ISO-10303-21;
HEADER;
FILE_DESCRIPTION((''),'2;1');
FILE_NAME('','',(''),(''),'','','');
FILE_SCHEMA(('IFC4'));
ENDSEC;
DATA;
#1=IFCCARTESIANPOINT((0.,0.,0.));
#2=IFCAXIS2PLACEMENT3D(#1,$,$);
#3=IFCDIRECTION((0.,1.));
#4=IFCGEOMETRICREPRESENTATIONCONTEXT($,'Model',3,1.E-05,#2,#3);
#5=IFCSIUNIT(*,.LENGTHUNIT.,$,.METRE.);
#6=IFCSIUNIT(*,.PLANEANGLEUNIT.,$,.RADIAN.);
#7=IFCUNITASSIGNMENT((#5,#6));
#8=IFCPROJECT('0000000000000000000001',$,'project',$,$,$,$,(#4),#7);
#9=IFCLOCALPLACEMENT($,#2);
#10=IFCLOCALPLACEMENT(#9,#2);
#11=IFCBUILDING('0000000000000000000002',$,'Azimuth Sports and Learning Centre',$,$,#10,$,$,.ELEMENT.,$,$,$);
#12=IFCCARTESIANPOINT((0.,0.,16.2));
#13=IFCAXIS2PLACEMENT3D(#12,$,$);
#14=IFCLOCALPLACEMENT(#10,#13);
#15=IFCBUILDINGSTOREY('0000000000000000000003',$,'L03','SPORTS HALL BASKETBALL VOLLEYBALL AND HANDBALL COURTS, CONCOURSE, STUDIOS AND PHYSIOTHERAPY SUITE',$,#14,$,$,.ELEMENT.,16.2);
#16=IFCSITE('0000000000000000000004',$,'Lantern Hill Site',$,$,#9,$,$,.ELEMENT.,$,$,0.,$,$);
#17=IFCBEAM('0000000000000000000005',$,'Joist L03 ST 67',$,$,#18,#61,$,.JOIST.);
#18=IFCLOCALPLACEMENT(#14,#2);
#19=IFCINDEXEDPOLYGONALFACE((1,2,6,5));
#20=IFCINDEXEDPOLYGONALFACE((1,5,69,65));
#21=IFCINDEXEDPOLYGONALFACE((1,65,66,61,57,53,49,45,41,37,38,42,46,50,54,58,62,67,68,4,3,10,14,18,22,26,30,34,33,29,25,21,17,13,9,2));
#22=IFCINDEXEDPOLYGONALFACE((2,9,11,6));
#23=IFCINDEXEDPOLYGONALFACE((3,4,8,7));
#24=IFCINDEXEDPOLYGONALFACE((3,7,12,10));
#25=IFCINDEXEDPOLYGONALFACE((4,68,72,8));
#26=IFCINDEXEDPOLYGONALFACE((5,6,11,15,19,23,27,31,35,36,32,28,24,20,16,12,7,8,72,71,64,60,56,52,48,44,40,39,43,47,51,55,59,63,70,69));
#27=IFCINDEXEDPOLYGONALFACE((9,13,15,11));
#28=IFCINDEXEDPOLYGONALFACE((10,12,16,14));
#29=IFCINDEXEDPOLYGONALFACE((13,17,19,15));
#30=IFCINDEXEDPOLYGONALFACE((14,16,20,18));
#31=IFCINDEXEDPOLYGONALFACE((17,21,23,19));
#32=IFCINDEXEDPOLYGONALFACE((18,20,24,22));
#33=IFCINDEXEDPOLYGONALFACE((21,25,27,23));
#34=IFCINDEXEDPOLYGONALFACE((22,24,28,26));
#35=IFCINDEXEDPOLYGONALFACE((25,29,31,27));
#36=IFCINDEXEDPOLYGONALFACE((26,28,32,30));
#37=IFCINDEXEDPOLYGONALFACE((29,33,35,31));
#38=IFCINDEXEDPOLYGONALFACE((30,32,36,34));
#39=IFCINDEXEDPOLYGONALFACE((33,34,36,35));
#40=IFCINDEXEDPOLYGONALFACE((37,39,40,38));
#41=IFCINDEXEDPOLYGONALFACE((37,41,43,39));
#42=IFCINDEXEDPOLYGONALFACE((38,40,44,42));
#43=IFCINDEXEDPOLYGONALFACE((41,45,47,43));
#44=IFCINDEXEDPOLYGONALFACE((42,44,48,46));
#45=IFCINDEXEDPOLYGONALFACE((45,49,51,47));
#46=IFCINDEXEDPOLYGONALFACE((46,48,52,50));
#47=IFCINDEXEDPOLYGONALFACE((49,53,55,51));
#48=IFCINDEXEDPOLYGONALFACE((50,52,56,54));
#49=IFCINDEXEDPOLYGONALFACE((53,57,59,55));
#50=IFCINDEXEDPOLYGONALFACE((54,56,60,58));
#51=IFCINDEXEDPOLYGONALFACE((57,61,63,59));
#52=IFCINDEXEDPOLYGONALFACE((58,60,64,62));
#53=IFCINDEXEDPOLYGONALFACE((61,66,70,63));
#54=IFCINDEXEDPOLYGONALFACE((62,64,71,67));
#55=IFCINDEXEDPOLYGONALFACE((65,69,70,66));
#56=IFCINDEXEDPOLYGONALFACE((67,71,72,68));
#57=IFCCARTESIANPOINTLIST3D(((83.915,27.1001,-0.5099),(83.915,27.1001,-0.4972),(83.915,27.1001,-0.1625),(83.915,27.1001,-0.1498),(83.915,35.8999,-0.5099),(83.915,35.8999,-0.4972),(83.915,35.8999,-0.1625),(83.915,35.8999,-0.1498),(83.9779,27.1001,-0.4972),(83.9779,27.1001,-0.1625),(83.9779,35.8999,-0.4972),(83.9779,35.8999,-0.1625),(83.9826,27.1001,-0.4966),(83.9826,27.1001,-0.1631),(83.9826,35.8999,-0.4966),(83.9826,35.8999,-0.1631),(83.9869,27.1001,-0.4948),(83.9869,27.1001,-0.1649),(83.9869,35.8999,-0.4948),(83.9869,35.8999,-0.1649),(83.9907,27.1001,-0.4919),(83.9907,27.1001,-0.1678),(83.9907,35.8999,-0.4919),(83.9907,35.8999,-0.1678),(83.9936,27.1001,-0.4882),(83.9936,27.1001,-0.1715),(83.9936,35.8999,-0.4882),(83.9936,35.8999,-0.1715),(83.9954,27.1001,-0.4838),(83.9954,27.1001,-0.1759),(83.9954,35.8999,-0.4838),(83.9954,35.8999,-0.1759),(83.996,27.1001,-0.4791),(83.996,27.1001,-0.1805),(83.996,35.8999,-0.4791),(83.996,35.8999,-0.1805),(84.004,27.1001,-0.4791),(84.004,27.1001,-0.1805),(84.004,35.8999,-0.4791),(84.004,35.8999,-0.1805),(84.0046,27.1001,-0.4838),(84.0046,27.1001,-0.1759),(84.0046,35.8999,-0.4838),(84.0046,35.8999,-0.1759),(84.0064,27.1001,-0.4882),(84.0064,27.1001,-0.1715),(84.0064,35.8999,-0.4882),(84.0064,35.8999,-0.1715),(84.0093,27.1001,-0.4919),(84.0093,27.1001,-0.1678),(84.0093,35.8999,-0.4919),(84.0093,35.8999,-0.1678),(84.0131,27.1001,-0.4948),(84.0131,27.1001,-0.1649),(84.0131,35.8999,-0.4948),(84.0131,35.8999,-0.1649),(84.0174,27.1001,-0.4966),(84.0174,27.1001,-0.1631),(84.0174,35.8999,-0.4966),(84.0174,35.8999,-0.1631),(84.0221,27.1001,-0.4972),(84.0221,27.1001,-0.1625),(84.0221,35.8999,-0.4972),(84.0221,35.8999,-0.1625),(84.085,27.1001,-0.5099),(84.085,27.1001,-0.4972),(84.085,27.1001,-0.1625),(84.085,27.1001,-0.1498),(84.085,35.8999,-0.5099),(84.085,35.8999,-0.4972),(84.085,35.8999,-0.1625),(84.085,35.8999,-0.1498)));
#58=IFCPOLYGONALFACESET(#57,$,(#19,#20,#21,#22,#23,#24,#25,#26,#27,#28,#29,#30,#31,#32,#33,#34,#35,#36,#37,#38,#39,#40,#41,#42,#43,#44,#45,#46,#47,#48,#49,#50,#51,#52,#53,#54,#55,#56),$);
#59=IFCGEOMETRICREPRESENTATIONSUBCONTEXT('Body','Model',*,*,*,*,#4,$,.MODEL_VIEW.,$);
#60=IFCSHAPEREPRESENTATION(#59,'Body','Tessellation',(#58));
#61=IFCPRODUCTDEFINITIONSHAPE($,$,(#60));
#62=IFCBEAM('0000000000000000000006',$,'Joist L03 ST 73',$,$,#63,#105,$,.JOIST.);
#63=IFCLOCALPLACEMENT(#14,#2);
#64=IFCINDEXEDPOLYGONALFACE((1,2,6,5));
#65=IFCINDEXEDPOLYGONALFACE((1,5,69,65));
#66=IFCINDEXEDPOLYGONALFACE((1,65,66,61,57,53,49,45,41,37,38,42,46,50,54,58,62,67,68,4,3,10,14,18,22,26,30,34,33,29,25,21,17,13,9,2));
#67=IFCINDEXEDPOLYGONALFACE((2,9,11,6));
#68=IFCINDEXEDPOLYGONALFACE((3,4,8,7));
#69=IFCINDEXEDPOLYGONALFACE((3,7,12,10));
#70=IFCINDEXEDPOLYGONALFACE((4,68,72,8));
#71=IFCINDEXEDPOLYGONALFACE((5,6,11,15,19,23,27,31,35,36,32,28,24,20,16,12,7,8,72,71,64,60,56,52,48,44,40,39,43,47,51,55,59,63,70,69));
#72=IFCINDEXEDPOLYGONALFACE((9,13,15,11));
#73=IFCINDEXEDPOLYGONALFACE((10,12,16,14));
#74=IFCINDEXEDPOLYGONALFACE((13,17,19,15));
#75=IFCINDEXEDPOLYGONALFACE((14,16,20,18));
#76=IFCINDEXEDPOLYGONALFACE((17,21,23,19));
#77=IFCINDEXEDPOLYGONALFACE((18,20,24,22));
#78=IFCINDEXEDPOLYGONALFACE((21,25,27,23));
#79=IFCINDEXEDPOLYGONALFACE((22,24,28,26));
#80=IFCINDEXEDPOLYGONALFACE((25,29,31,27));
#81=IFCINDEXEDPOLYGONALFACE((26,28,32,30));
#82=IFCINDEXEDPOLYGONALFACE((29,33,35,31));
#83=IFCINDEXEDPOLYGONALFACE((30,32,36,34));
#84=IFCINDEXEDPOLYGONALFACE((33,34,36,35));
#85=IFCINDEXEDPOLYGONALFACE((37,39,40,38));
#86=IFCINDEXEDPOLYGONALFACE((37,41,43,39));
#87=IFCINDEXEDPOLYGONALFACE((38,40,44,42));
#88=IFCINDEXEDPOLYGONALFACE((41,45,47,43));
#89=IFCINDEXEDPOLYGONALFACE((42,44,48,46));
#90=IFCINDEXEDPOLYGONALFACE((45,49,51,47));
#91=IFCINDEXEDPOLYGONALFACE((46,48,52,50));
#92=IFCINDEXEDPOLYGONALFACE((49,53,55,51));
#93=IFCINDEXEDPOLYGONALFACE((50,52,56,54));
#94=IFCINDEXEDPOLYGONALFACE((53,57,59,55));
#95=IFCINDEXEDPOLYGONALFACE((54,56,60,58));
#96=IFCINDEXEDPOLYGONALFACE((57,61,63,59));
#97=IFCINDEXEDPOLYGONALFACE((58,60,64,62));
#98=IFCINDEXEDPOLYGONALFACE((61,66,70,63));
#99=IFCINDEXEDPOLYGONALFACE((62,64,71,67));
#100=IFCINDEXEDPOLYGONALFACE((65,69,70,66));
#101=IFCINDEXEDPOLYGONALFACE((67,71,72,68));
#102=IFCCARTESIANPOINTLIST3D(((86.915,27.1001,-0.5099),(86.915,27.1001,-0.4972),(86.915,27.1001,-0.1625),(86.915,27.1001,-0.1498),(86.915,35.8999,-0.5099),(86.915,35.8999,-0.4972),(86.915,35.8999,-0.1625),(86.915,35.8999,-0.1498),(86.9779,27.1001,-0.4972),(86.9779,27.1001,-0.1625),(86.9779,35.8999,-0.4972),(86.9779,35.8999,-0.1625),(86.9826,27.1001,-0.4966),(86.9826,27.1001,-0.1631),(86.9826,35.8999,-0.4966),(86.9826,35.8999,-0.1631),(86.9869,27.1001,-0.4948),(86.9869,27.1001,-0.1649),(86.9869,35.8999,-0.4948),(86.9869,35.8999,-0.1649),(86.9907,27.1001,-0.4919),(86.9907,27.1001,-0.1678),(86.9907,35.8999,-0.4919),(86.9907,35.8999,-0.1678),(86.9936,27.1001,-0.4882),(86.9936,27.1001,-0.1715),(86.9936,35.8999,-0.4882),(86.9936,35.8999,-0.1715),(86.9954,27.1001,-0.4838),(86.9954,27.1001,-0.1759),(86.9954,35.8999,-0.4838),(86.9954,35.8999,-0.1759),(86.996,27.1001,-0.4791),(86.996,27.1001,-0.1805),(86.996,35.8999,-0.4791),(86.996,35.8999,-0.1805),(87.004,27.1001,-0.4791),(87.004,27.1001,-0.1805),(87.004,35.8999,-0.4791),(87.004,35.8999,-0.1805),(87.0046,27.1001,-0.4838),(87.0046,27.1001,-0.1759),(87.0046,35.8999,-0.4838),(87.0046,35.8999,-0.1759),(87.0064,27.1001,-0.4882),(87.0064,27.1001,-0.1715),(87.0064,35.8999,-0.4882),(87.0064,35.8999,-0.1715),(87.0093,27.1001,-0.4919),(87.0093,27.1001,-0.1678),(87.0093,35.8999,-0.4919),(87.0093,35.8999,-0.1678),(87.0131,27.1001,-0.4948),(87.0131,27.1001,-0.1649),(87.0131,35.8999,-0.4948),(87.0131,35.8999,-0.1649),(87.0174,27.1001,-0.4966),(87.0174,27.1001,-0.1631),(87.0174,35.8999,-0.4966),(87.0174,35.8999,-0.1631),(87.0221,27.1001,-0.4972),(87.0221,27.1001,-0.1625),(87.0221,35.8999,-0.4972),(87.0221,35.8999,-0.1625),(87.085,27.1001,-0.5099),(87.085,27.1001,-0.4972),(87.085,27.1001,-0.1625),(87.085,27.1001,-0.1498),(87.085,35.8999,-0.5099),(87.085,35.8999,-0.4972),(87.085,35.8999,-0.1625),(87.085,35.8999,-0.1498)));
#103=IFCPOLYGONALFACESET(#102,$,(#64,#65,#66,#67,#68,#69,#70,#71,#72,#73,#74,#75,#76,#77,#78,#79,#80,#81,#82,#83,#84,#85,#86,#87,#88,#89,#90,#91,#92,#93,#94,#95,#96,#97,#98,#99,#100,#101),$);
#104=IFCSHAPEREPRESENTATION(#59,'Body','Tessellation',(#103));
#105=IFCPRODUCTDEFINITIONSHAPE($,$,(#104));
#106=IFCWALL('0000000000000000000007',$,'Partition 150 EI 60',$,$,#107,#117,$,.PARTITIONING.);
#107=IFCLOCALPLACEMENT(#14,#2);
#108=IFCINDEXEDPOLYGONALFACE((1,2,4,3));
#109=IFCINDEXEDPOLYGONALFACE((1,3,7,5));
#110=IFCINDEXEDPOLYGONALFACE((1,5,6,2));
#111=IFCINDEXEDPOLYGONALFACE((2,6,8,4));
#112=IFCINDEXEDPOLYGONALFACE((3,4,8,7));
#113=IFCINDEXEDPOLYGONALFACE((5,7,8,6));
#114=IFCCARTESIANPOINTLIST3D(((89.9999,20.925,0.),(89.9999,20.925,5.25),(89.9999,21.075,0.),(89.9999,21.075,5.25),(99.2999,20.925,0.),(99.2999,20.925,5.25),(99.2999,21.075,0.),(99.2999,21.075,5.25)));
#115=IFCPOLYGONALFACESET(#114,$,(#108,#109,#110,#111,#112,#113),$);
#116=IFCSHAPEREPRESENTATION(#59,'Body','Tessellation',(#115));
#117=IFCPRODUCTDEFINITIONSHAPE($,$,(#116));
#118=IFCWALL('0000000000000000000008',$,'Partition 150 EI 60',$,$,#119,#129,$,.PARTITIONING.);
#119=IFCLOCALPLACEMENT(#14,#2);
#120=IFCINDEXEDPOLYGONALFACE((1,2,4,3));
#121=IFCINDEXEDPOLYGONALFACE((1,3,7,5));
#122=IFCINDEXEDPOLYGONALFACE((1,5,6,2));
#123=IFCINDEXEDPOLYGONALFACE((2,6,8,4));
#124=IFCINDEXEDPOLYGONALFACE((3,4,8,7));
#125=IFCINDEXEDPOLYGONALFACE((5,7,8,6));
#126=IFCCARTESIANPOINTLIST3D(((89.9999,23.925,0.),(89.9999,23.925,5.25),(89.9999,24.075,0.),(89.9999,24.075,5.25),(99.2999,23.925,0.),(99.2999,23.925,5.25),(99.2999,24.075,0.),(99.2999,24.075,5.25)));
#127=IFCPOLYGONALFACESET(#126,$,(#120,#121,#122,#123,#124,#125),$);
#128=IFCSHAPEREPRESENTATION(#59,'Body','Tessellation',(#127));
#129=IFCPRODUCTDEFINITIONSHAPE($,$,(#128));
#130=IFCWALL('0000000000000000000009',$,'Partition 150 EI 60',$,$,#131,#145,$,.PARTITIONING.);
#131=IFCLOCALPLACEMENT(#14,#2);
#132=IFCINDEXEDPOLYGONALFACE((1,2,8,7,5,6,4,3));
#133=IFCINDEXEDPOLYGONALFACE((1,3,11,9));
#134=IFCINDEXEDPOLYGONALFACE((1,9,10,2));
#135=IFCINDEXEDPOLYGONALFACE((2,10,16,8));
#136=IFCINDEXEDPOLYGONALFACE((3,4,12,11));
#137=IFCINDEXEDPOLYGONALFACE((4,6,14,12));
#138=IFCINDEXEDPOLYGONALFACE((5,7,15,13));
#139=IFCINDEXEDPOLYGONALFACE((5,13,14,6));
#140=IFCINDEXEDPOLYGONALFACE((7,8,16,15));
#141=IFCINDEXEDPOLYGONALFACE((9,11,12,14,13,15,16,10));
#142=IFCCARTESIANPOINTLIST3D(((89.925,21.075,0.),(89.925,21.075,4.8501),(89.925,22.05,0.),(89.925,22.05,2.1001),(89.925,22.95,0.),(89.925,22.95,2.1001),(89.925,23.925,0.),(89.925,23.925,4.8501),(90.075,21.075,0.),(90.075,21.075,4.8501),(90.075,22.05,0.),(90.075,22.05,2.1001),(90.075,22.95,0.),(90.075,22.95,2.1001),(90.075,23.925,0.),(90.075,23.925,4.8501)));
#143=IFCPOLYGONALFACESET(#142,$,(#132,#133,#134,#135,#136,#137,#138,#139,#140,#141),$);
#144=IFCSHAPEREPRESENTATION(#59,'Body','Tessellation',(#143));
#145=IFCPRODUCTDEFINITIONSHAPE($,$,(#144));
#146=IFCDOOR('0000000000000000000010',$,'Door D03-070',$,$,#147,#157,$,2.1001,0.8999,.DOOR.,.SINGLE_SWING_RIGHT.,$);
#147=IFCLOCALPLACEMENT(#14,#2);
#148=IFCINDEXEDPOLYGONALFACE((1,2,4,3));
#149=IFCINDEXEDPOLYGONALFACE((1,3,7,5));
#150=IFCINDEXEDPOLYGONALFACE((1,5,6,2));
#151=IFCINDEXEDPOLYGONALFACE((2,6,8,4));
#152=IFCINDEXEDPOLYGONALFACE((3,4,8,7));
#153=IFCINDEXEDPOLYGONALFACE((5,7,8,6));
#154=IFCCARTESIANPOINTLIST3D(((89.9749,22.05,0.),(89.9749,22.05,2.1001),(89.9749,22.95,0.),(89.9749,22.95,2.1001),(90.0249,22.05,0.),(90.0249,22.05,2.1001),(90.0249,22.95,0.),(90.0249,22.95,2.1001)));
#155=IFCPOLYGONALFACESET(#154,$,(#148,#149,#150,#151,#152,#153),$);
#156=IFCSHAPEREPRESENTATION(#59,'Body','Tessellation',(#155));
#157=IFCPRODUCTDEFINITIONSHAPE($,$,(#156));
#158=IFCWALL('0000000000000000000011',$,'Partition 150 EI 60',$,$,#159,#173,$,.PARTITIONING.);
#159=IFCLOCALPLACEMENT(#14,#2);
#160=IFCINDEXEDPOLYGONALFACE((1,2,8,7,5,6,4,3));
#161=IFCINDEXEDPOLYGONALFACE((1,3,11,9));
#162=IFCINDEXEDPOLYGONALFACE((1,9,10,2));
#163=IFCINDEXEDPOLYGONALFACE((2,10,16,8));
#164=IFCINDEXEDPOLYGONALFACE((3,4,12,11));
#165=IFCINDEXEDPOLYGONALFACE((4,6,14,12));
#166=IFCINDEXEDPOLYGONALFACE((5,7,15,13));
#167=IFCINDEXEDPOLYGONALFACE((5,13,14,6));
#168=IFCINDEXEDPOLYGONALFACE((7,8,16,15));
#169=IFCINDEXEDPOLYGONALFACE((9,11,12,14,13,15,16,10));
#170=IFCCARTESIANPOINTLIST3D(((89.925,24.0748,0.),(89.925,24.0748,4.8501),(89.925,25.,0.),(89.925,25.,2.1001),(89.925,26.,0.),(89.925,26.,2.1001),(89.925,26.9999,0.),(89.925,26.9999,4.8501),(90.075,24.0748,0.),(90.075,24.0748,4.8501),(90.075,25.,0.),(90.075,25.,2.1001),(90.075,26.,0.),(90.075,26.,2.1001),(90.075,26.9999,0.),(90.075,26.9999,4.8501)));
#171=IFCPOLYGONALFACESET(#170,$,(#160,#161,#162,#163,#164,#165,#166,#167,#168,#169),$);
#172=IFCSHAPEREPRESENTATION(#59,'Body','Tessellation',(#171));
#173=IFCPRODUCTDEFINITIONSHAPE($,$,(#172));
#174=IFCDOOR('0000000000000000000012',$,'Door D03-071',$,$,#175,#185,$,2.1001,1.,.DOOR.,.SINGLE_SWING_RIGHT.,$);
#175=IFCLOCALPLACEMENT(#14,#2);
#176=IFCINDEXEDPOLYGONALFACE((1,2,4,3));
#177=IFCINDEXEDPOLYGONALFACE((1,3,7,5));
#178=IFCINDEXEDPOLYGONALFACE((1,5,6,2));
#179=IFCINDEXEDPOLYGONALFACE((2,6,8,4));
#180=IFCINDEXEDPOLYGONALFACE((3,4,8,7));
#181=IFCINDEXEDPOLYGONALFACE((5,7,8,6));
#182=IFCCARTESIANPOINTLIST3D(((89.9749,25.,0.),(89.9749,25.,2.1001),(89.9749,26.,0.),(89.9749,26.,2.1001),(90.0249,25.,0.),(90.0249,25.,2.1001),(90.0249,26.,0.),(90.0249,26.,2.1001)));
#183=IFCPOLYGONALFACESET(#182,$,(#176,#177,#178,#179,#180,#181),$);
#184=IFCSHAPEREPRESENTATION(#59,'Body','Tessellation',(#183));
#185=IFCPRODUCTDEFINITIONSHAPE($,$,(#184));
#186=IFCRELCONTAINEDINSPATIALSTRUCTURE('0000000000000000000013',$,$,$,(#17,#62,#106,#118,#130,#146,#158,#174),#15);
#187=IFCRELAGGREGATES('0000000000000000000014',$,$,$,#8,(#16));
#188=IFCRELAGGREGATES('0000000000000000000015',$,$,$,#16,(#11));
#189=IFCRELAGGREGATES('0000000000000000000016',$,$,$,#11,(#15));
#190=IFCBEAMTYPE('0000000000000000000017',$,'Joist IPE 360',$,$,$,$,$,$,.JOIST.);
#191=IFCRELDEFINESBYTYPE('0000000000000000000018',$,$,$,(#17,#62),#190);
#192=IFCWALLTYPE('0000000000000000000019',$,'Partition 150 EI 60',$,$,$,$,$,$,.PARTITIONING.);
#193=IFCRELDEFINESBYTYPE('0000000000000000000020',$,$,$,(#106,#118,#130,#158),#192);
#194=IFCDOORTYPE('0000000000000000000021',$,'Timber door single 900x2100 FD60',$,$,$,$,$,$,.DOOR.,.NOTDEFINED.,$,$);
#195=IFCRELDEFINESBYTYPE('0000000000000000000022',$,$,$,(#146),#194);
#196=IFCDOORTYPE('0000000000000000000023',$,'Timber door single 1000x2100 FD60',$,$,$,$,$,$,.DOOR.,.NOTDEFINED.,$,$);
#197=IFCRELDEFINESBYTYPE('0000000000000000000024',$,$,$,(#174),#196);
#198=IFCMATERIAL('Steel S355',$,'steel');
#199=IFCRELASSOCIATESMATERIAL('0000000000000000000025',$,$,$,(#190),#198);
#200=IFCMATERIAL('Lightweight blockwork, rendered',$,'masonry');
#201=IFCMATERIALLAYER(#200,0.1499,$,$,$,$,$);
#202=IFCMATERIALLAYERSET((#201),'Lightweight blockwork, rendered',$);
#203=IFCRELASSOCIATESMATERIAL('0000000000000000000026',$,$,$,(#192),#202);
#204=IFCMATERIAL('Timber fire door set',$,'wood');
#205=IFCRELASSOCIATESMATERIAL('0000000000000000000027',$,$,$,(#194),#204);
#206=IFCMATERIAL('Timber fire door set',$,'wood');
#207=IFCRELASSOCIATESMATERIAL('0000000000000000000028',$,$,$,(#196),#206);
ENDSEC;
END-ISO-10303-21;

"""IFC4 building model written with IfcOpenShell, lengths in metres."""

from ifc_helpers import new_model, si_unit, direction, frame, frame_2d, origin, origin_2d, place, context, subcontext, project, spatial, rectangle, i_section, extrude, material, layer, layer_set, material_profile, profile_set, type_object, element, fill, save


model = new_model("IFC4")

# Units and contexts
model_context = context("Model", 3, precision=1e-05, world=origin(), true_north=direction((0.0, 1.0)))
body_context = subcontext(model_context, "Body", "Model", "MODEL_VIEW")
ifc_project = project(units=[si_unit("LENGTHUNIT", "METRE"), si_unit("PLANEANGLEUNIT", "RADIAN")], contexts=[model_context])

# Site, building, storey
site_placement = place(None, origin())
site = spatial("IfcSite", under=ifc_project, at=site_placement, Name="Lantern Hill Site", CompositionType="ELEMENT", RefElevation=0.0)
building_placement = place(site_placement, origin())
building = spatial("IfcBuilding", under=site, at=building_placement, Name="Azimuth Sports and Learning Centre", CompositionType="ELEMENT")
storey_placement = place(building_placement, frame((0.0, 0.0, 16.2)))
storey = spatial("IfcBuildingStorey", under=building, at=storey_placement, Name="L03", Description="SPORTS HALL BASKETBALL VOLLEYBALL AND HANDBALL COURTS, CONCOURSE, STUDIOS AND PHYSIOTHERAPY SUITE", CompositionType="ELEMENT", Elevation=16.2)

# Beams
ifc_material_1 = material(Name="Steel S355", Category="steel")
ifc_material_profile_1 = material_profile(ifc_material_1, i_section(OverallWidth=0.1699, OverallDepth=0.3601, WebThickness=0.0081, FlangeThickness=0.0127, FilletRadius=0.0181, at=origin_2d()), Name="IPE 360")
ifc_profile_set_1 = profile_set([ifc_material_profile_1], Name="Steel S355")
beam_type_1 = type_object("IfcBeamType", Name="Joist IPE 360", PredefinedType="JOIST", material=ifc_profile_set_1)
for number, where, z_axis, x_axis, name in (
    (1, (84.0, 27.1001, -0.3298), (0.0, 1.0, 0.0), (-1.0, 0.0, 0.0), "Joist L03 ST 67"),
    (2, (87.0, 27.1001, -0.3298), (0.0, 1.0, 0.0), (-1.0, 0.0, 0.0), "Joist L03 ST 73"),
):
    element("IfcBeam", number, at=place(storey_placement, frame(where, z_axis=z_axis, x_axis=x_axis)), inside=storey, type_object=beam_type_1, Name=name, PredefinedType="JOIST", context=body_context, shape_type="SweptSolid", body=[
        extrude(i_section(OverallWidth=0.1699, OverallDepth=0.3601, WebThickness=0.0081, FlangeThickness=0.0127, FilletRadius=0.0181, at=origin_2d()), origin(), (0.0, 0.0, 1.0), 8.7998),
    ])

# Walls
ifc_material_2 = material(Name="Lightweight blockwork, rendered", Category="masonry")
ifc_layer_1 = layer(ifc_material_2, 0.1499)
ifc_layer_set_1 = layer_set([ifc_layer_1], Name="Lightweight blockwork, rendered")
wall_type_1 = type_object("IfcWallType", Name="Partition 150 EI 60", PredefinedType="PARTITIONING", material=ifc_layer_set_1)
for number, where, z_axis, x_axis, name in (
    (3, (90.0, 21.0, 0.0), (0.0, 0.0, 1.0), (1.0, 0.0, 0.0), "Partition 150 EI 60"),
    (4, (90.0, 24.0, 0.0), (0.0, 0.0, 1.0), (1.0, 0.0, 0.0), "Partition 150 EI 60"),
):
    element("IfcWall", number, at=place(storey_placement, frame(where, z_axis=z_axis, x_axis=x_axis)), inside=storey, type_object=wall_type_1, Name=name, PredefinedType="PARTITIONING", context=body_context, shape_type="SweptSolid", body=[
        extrude(rectangle(XDim=9.3, YDim=0.1499, at=frame_2d((4.6499, 0.0))), origin(), (0.0, 0.0, 1.0), 5.25),
    ])

# Walls, openings, doors
wall_1_placement = place(storey_placement, frame((90.0, 21.075, 0.0), z_axis=(0.0, 0.0, 1.0), x_axis=(0.0, 1.0, 0.0)))
wall_1 = element("IfcWall", 5, at=wall_1_placement, inside=storey, type_object=wall_type_1, Name="Partition 150 EI 60", PredefinedType="PARTITIONING", context=body_context, shape_type="SweptSolid", body=[
    extrude(rectangle(XDim=2.8501, YDim=0.1499, at=frame_2d((1.425, 0.0))), origin(), (0.0, 0.0, 1.0), 4.8501),
])
opening_1_placement = place(wall_1_placement, frame((0.9751, 0.0, 0.0)))
opening_1 = element("IfcOpeningElement", 6, at=opening_1_placement, cuts=wall_1, PredefinedType="OPENING", context=body_context, shape_type="SweptSolid", body=[
    extrude(rectangle(XDim=0.8999, YDim=2.1001, at=frame_2d((0.45, 1.05))), frame((0.0, 0.0859, 0.0), z_axis=(0.0, -1.0, 0.0), x_axis=(1.0, 0.0, 0.0)), (0.0, 0.0, 1.0), 0.1719),
])
ifc_material_3 = material(Name="Timber fire door set", Category="wood")
door_type_1 = type_object("IfcDoorType", Name="Timber door single 900x2100 FD60", OperationType="NOTDEFINED", PredefinedType="DOOR", material=ifc_material_3)
door_1_placement = place(opening_1_placement, frame((0.8999, 0.0, 0.0), z_axis=(0.0, 0.0, 1.0), x_axis=(-1.0, 0.0, 0.0)))
door_1 = element("IfcDoor", 7, at=door_1_placement, inside=storey, type_object=door_type_1, Name="Door D03-070", OperationType="SINGLE_SWING_RIGHT", OverallHeight=2.1001, OverallWidth=0.8999, PredefinedType="DOOR", context=body_context, shape_type="SweptSolid", body=[
    extrude(rectangle(XDim=0.8999, YDim=2.1001, at=frame_2d((0.45, 1.05))), frame((0.0, 0.0249, 0.0), z_axis=(0.0, -1.0, 0.0), x_axis=(1.0, 0.0, 0.0)), (0.0, 0.0, 1.0), 0.05),
])
fill(opening_1, door_1)
wall_2_placement = place(storey_placement, frame((90.0, 24.075, 0.0), z_axis=(0.0, 0.0, 1.0), x_axis=(0.0, 1.0, 0.0)))
wall_2 = element("IfcWall", 8, at=wall_2_placement, inside=storey, type_object=wall_type_1, Name="Partition 150 EI 60", PredefinedType="PARTITIONING", context=body_context, shape_type="SweptSolid", body=[
    extrude(rectangle(XDim=2.925, YDim=0.1499, at=frame_2d((1.4624, 0.0))), origin(), (0.0, 0.0, 1.0), 4.8501),
])
opening_2_placement = place(wall_2_placement, frame((0.925, 0.0, 0.0)))
opening_2 = element("IfcOpeningElement", 9, at=opening_2_placement, cuts=wall_2, PredefinedType="OPENING", context=body_context, shape_type="SweptSolid", body=[
    extrude(rectangle(XDim=1.0, YDim=2.1001, at=frame_2d((0.5, 1.05))), frame((0.0, 0.0859, 0.0), z_axis=(0.0, -1.0, 0.0), x_axis=(1.0, 0.0, 0.0)), (0.0, 0.0, 1.0), 0.1719),
])
ifc_material_4 = material(Name="Timber fire door set", Category="wood")
door_type_2 = type_object("IfcDoorType", Name="Timber door single 1000x2100 FD60", OperationType="NOTDEFINED", PredefinedType="DOOR", material=ifc_material_4)
door_2_placement = place(opening_2_placement, frame((1.0, 0.0, 0.0), z_axis=(0.0, 0.0, 1.0), x_axis=(-1.0, 0.0, 0.0)))
door_2 = element("IfcDoor", 10, at=door_2_placement, inside=storey, type_object=door_type_2, Name="Door D03-071", OperationType="SINGLE_SWING_RIGHT", OverallHeight=2.1001, OverallWidth=1.0, PredefinedType="DOOR", context=body_context, shape_type="SweptSolid", body=[
    extrude(rectangle(XDim=1.0, YDim=2.1001, at=frame_2d((0.5, 1.05))), frame((0.0, 0.0249, 0.0), z_axis=(0.0, -1.0, 0.0), x_axis=(1.0, 0.0, 0.0)), (0.0, 0.0, 1.0), 0.05),
])
fill(opening_2, door_2)

save(model, "model.ifc")
